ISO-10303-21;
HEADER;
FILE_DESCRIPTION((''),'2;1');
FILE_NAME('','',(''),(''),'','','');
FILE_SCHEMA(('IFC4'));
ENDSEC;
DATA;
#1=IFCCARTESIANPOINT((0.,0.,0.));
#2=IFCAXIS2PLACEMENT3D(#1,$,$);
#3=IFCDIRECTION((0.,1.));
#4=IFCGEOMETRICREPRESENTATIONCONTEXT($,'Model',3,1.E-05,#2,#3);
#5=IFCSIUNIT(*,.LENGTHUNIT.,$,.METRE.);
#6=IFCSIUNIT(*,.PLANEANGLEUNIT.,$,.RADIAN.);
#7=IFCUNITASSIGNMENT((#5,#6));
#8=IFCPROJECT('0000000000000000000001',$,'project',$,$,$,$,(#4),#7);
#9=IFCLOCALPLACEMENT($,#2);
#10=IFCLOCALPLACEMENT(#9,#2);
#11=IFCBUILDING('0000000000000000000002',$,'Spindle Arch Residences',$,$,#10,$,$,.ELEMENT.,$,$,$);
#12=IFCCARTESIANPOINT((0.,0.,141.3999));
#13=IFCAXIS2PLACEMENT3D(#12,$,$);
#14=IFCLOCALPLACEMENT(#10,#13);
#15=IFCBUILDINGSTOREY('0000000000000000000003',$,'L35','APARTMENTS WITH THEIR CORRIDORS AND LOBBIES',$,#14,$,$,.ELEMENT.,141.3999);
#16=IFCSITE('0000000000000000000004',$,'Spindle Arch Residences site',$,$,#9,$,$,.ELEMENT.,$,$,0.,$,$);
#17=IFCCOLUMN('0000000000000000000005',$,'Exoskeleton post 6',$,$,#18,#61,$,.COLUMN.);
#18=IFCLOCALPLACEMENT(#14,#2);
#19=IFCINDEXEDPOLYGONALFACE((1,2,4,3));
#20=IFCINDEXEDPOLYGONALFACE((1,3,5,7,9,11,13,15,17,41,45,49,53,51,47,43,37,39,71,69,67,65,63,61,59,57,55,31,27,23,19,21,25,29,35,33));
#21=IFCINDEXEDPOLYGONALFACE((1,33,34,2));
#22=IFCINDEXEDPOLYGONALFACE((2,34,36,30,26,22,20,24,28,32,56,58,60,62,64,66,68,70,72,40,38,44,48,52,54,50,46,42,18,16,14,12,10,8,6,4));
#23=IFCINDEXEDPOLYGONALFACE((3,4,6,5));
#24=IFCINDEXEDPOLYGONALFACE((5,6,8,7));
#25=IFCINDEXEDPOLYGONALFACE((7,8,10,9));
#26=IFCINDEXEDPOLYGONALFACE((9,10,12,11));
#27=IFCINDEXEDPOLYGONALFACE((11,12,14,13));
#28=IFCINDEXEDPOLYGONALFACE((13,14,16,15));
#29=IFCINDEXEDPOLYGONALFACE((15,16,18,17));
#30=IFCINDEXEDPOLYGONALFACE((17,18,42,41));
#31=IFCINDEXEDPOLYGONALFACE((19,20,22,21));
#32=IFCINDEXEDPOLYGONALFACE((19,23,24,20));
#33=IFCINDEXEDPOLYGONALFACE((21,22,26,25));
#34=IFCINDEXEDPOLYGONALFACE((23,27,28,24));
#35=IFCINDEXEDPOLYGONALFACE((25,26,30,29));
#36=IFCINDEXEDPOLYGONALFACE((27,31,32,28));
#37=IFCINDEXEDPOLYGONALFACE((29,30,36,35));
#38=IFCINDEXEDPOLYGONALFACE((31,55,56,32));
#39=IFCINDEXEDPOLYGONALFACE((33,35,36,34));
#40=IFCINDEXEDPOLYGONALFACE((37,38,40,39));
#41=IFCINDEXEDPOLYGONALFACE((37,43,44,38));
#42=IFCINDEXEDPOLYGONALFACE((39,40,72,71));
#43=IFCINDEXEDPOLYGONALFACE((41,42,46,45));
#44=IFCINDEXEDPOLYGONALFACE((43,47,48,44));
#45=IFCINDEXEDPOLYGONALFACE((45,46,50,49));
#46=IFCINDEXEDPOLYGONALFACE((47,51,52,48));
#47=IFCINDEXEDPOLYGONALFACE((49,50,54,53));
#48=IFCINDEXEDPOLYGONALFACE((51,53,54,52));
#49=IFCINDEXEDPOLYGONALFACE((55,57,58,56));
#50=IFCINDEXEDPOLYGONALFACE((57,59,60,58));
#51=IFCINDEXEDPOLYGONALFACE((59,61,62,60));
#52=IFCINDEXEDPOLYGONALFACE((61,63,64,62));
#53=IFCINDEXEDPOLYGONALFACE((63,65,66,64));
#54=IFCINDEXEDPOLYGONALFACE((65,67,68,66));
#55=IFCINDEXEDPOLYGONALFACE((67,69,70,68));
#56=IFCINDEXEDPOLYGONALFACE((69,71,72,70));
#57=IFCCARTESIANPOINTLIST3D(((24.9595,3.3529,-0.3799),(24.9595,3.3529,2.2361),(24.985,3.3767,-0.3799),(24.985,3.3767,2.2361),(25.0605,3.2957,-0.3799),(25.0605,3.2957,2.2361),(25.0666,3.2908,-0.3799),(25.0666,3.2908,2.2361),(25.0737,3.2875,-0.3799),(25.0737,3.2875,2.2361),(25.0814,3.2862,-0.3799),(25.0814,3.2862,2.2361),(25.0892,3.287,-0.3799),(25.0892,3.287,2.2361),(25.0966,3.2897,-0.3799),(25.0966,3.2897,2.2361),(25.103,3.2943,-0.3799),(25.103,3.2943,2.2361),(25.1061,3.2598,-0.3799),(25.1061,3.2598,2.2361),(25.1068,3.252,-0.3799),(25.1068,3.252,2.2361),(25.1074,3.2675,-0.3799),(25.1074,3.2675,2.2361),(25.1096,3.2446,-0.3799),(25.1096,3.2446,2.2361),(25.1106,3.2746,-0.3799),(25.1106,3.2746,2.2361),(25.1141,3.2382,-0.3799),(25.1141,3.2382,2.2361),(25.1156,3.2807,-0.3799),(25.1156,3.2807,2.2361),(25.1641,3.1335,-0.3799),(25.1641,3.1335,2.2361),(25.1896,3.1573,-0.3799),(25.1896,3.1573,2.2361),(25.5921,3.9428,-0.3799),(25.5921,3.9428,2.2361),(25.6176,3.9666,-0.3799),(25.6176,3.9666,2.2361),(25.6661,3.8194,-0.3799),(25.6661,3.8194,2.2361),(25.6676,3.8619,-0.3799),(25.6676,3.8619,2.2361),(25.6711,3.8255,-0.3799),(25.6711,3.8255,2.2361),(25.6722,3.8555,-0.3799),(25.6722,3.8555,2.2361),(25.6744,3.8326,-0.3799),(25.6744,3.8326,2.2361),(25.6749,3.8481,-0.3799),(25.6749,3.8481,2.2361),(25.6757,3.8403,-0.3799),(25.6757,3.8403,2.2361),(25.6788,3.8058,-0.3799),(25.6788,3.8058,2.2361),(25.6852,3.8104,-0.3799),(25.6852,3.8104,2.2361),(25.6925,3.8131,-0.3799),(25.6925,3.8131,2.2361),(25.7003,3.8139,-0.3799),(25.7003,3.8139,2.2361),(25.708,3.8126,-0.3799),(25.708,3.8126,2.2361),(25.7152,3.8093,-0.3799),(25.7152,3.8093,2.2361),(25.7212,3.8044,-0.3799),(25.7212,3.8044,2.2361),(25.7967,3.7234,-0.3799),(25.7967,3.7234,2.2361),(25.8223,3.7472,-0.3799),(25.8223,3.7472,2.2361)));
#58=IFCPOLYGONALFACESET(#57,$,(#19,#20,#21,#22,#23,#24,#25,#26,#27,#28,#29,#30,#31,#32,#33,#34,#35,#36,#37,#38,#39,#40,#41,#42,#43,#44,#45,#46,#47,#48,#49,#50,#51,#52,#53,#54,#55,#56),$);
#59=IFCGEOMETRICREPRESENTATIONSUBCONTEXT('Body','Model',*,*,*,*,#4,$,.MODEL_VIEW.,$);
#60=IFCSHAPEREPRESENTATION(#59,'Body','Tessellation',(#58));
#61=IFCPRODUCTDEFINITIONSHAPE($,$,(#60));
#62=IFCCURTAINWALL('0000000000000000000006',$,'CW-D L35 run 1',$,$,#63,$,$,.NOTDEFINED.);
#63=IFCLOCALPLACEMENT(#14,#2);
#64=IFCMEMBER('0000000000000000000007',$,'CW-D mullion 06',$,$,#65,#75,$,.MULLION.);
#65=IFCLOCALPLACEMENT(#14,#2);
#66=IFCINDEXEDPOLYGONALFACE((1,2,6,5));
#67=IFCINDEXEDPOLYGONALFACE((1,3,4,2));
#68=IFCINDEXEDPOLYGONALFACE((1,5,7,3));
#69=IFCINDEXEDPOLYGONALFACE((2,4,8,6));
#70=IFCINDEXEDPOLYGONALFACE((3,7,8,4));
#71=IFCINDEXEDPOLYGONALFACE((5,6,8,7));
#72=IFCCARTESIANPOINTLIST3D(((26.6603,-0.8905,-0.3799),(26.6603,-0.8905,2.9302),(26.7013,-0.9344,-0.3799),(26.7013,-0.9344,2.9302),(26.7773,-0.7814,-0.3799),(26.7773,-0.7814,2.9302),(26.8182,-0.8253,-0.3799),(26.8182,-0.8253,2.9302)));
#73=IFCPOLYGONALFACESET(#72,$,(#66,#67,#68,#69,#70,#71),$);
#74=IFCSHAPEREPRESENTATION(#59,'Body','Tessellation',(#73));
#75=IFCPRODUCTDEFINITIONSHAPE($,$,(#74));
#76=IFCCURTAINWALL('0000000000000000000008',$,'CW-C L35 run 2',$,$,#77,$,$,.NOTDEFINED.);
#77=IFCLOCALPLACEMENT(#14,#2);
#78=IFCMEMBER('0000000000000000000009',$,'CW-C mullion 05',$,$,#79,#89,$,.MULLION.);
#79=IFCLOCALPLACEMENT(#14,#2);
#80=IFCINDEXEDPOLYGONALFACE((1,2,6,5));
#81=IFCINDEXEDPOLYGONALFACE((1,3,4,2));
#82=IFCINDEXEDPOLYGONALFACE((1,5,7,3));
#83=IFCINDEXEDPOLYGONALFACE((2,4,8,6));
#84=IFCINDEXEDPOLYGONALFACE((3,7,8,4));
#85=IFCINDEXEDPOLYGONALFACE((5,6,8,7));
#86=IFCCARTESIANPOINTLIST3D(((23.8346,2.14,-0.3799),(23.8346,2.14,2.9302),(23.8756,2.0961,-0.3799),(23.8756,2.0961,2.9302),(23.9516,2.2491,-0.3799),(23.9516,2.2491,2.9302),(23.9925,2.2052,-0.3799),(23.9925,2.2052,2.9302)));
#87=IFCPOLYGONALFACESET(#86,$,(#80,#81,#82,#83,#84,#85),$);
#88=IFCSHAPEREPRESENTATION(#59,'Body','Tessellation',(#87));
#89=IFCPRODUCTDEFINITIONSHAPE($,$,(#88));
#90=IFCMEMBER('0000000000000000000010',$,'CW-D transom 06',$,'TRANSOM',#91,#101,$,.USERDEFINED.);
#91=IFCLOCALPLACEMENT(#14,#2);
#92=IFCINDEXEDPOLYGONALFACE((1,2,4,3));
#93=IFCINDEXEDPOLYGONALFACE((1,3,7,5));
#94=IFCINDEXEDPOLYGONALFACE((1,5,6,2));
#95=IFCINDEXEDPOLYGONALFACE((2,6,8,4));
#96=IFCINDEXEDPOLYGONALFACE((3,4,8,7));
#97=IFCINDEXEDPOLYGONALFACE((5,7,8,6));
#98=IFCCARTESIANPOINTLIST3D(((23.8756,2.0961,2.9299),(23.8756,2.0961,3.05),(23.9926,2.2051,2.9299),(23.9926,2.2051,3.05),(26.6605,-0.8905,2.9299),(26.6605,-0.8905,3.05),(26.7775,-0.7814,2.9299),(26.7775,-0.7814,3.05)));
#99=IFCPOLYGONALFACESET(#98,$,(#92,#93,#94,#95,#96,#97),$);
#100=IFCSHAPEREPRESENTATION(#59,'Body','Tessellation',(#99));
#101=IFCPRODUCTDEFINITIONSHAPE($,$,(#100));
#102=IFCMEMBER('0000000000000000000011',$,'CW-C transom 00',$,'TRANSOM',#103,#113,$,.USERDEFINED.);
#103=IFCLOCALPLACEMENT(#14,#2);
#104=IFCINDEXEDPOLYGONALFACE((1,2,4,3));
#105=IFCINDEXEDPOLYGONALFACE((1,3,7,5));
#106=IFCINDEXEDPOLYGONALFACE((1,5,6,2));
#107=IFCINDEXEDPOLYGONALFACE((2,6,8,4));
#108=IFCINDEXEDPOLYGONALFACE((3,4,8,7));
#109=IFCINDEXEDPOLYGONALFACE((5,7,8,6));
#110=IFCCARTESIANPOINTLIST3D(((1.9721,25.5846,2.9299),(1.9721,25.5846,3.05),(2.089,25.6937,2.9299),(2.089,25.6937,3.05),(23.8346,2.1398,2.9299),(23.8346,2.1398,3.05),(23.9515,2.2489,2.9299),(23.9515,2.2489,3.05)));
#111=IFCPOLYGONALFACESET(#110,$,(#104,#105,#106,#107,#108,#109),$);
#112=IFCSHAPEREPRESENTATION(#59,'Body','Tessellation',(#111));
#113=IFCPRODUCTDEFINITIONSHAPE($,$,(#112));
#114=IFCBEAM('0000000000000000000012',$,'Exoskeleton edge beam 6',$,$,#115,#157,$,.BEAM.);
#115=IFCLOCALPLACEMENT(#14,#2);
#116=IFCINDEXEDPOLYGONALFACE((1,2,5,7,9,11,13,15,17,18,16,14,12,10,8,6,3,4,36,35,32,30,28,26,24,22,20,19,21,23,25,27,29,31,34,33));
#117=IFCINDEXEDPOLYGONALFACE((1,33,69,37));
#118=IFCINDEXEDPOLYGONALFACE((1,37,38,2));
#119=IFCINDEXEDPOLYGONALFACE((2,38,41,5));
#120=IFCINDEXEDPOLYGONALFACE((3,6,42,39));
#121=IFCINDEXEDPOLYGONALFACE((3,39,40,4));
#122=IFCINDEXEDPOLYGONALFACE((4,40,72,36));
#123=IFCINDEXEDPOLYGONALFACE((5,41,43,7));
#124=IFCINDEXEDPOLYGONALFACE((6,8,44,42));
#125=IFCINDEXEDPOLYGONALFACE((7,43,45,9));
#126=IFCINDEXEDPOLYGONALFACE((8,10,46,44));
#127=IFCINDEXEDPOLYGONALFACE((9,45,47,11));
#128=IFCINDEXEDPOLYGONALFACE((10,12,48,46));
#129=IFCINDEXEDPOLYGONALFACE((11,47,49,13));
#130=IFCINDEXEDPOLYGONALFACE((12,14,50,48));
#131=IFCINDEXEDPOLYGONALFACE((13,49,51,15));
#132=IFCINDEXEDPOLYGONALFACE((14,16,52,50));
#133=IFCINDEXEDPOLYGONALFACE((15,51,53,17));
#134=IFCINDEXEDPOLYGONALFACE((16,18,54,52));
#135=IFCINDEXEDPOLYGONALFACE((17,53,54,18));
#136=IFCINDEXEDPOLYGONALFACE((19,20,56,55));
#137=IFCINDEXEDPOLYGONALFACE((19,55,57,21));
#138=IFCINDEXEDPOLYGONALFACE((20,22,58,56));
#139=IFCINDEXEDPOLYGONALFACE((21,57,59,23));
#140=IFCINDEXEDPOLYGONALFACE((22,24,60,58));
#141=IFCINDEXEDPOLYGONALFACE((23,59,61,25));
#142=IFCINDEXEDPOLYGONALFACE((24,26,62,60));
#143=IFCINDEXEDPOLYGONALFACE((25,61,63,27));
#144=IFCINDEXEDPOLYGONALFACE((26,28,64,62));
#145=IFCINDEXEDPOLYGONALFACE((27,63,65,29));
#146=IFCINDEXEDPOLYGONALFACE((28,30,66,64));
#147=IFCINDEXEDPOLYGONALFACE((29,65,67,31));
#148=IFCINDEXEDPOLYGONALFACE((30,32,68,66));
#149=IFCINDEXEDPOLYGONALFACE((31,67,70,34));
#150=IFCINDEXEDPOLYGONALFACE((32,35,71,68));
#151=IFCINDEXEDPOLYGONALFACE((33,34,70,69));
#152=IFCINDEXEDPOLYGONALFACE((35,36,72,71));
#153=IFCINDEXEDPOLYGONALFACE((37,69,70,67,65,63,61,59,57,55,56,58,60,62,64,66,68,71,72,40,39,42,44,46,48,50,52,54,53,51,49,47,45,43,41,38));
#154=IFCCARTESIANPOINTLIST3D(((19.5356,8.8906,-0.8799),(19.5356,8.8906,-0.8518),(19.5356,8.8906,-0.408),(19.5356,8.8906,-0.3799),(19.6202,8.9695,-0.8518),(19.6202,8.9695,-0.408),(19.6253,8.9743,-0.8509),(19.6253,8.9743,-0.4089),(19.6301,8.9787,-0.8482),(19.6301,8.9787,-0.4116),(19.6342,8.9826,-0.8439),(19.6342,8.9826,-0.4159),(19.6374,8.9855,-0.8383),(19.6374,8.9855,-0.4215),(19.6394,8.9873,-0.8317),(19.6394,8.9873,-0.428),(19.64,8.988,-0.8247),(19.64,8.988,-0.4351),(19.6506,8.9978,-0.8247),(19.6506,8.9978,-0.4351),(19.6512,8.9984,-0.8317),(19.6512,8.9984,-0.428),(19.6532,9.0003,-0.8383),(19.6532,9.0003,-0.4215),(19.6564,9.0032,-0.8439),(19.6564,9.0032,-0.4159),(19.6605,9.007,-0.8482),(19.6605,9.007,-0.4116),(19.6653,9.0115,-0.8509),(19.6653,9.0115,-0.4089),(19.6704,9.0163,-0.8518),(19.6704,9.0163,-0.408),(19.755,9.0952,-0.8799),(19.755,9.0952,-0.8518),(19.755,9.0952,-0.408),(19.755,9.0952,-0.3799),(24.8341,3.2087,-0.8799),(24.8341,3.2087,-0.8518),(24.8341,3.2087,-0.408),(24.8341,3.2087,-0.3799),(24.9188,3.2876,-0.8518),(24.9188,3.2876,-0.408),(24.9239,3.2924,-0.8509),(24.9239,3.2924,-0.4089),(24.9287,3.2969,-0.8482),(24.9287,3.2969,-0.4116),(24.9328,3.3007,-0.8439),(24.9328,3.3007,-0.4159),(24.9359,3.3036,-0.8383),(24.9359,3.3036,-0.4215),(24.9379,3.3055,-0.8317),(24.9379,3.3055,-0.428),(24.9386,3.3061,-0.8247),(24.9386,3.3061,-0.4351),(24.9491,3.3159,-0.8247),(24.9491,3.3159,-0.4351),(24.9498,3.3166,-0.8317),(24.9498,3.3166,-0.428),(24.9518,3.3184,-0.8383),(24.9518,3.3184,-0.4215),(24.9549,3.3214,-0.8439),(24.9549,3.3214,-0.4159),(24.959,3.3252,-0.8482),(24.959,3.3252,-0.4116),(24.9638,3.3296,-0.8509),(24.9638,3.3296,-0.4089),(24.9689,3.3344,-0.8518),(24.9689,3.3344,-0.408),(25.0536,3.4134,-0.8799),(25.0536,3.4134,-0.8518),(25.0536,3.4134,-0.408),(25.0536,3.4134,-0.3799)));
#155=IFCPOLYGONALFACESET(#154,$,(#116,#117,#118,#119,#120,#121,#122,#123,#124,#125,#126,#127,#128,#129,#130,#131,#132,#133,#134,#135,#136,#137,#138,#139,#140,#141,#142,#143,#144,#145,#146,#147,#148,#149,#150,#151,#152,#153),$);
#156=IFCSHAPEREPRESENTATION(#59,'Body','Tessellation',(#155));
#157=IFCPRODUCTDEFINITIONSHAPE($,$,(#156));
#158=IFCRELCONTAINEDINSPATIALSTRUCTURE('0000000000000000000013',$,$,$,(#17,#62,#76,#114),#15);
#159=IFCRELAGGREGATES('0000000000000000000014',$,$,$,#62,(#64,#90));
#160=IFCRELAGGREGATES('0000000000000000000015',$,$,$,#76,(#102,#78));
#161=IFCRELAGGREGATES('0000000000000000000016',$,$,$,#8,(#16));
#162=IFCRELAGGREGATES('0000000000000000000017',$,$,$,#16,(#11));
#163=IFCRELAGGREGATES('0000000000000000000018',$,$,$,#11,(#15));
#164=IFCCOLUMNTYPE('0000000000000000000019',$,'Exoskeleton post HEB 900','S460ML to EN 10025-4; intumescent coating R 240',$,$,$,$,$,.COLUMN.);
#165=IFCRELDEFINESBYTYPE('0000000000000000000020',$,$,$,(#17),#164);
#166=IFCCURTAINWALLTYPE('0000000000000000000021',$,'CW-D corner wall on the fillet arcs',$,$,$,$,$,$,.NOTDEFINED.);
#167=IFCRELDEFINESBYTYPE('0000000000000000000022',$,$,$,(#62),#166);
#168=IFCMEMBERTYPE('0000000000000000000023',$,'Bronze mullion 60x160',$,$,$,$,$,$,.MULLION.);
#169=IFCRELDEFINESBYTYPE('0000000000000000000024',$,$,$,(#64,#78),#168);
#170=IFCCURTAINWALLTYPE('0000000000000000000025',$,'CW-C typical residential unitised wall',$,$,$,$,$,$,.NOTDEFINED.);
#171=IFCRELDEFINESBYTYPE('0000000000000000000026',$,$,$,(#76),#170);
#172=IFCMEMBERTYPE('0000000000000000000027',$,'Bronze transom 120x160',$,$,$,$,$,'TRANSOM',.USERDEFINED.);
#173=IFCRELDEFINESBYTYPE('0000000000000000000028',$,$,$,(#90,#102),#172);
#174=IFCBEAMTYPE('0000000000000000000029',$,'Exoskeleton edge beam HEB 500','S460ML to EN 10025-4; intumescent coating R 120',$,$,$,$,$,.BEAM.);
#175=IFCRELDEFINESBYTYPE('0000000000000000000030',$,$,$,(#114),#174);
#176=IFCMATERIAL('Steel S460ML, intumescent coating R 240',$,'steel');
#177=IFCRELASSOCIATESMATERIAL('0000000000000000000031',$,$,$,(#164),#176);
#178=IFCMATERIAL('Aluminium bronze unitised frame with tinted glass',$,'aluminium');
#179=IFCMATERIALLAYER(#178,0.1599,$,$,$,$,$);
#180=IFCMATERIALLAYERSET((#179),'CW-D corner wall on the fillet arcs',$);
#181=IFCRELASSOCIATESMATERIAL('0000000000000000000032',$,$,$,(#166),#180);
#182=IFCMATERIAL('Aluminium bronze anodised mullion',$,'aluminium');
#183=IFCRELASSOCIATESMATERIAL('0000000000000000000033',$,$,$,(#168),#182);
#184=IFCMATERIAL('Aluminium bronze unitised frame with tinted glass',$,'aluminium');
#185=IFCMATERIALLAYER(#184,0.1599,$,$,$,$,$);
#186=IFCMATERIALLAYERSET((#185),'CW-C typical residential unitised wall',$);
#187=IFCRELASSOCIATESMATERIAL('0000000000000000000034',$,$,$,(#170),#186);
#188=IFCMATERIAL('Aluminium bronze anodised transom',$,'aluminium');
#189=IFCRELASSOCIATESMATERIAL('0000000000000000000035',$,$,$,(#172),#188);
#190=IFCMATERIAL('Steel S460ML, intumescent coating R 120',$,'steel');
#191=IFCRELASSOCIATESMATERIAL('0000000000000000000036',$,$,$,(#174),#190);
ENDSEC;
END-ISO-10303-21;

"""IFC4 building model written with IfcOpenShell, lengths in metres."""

from ifc_helpers import new_model, si_unit, direction, frame, origin, origin_2d, place, context, subcontext, project, spatial, rectangle, i_section, extrude, material, layer, layer_set, material_profile, profile_set, type_object, element, aggregate, save


model = new_model("IFC4")

# Units and contexts
model_context = context("Model", 3, precision=1e-05, world=origin(), true_north=direction((0.0, 1.0)))
body_context = subcontext(model_context, "Body", "Model", "MODEL_VIEW")
ifc_project = project(units=[si_unit("LENGTHUNIT", "METRE"), si_unit("PLANEANGLEUNIT", "RADIAN")], contexts=[model_context])

# Site, building, storey
site_placement = place(None, origin())
site = spatial("IfcSite", under=ifc_project, at=site_placement, Name="Spindle Arch Residences site", CompositionType="ELEMENT", RefElevation=0.0)
building_placement = place(site_placement, origin())
building = spatial("IfcBuilding", under=site, at=building_placement, Name="Spindle Arch Residences", CompositionType="ELEMENT")
storey_placement = place(building_placement, frame((0.0, 0.0, 141.3999)))
storey = spatial("IfcBuildingStorey", under=building, at=storey_placement, Name="L35", Description="APARTMENTS WITH THEIR CORRIDORS AND LOBBIES", CompositionType="ELEMENT", Elevation=141.3999)

# Column
ifc_material_1 = material(Name="Steel S460ML, intumescent coating R 240", Category="steel")
ifc_material_profile_1 = material_profile(ifc_material_1, i_section(OverallWidth=0.3, OverallDepth=0.8999, WebThickness=0.0186, FlangeThickness=0.0349, FilletRadius=0.03, at=origin_2d()), Name="HEB 900")
ifc_profile_set_1 = profile_set([ifc_material_profile_1], Name="Steel S460ML, intumescent coating R 240")
column_type = type_object("IfcColumnType", Name="Exoskeleton post HEB 900", Description="S460ML to EN 10025-4; intumescent coating R 240", PredefinedType="COLUMN", material=ifc_profile_set_1)
column_placement = place(storey_placement, frame((25.3909, 3.55, -0.3799), z_axis=(0.0, 0.0, 1.0), x_axis=(0.681998, -0.731354, 0.0)))
element("IfcColumn", 1, at=column_placement, inside=storey, type_object=column_type, Name="Exoskeleton post 6", PredefinedType="COLUMN", context=body_context, shape_type="SweptSolid", body=[
    extrude(i_section(OverallWidth=0.3, OverallDepth=0.8999, WebThickness=0.0186, FlangeThickness=0.0349, FilletRadius=0.03, at=origin_2d()), origin(), (0.0, 0.0, 1.0), 2.616),
])

# Curtain walls, members
ifc_material_2 = material(Name="Aluminium bronze unitised frame with tinted glass", Category="aluminium")
ifc_layer_1 = layer(ifc_material_2, 0.1599)
ifc_layer_set_1 = layer_set([ifc_layer_1], Name="CW-D corner wall on the fillet arcs")
curtain_wall_type_1 = type_object("IfcCurtainWallType", Name="CW-D corner wall on the fillet arcs", PredefinedType="NOTDEFINED", material=ifc_layer_set_1)
curtain_wall_1_placement = place(storey_placement, origin())
curtain_wall_1 = element("IfcCurtainWall", 2, at=curtain_wall_1_placement, inside=storey, type_object=curtain_wall_type_1, Name="CW-D L35 run 1", PredefinedType="NOTDEFINED")
ifc_material_3 = material(Name="Aluminium bronze anodised mullion", Category="aluminium")
ifc_material_profile_2 = material_profile(ifc_material_3, rectangle(XDim=0.1599, YDim=0.0601, at=origin_2d()), Name="MU 60x160")
ifc_profile_set_2 = profile_set([ifc_material_profile_2], Name="Aluminium bronze anodised mullion")
member_type_1 = type_object("IfcMemberType", Name="Bronze mullion 60x160", PredefinedType="MULLION", material=ifc_profile_set_2)
member_1_placement = place(storey_placement, frame((26.7393, -0.8579, -0.3799), z_axis=(0.0, 0.0, 1.0), x_axis=(-0.731354, -0.681998, 0.0)))
member_1 = element("IfcMember", 3, at=member_1_placement, type_object=member_type_1, Name="CW-D mullion 06", PredefinedType="MULLION", context=body_context, shape_type="SweptSolid", body=[
    extrude(rectangle(XDim=0.1599, YDim=0.0601, at=origin_2d()), origin(), (0.0, 0.0, 1.0), 3.3101),
])
ifc_material_4 = material(Name="Aluminium bronze unitised frame with tinted glass", Category="aluminium")
ifc_layer_2 = layer(ifc_material_4, 0.1599)
ifc_layer_set_2 = layer_set([ifc_layer_2], Name="CW-C typical residential unitised wall")
curtain_wall_type_2 = type_object("IfcCurtainWallType", Name="CW-C typical residential unitised wall", PredefinedType="NOTDEFINED", material=ifc_layer_set_2)
curtain_wall_2_placement = place(storey_placement, origin())
curtain_wall_2 = element("IfcCurtainWall", 4, at=curtain_wall_2_placement, inside=storey, type_object=curtain_wall_type_2, Name="CW-C L35 run 2", PredefinedType="NOTDEFINED")
member_2_placement = place(storey_placement, frame((23.9136, 2.1726, -0.3799), z_axis=(0.0, 0.0, 1.0), x_axis=(-0.731354, -0.681998, 0.0)))
member_2 = element("IfcMember", 5, at=member_2_placement, type_object=member_type_1, Name="CW-C mullion 05", PredefinedType="MULLION", context=body_context, shape_type="SweptSolid", body=[
    extrude(rectangle(XDim=0.1599, YDim=0.0601, at=origin_2d()), origin(), (0.0, 0.0, 1.0), 3.3101),
])

# Members
ifc_material_5 = material(Name="Aluminium bronze anodised transom", Category="aluminium")
ifc_material_profile_3 = material_profile(ifc_material_5, rectangle(XDim=0.1599, YDim=0.1201, at=origin_2d()), Name="TR 120x160")
ifc_profile_set_3 = profile_set([ifc_material_profile_3], Name="Aluminium bronze anodised transom")
member_type_2 = type_object("IfcMemberType", Name="Bronze transom 120x160", ElementType="TRANSOM", PredefinedType="USERDEFINED", material=ifc_profile_set_3)
member_3_placement = place(storey_placement, frame((26.719, -0.8359, 2.99), z_axis=(-0.681984, 0.731367, 0.0), x_axis=(-0.731367, -0.681984, 0.0)))
member_3 = element("IfcMember", 6, at=member_3_placement, type_object=member_type_2, Name="CW-D transom 06", ObjectType="TRANSOM", PredefinedType="USERDEFINED", context=body_context, shape_type="SweptSolid", body=[
    extrude(rectangle(XDim=0.1599, YDim=0.1201, at=origin_2d()), origin(), (0.0, 0.0, 1.0), 4.0835),
])
member_4_placement = place(storey_placement, frame((23.8931, 2.1943, 2.99), z_axis=(-0.681997, 0.731355, 0.0), x_axis=(-0.731355, -0.681997, 0.0)))
member_4 = element("IfcMember", 7, at=member_4_placement, type_object=member_type_2, Name="CW-C transom 00", ObjectType="TRANSOM", PredefinedType="USERDEFINED", context=body_context, shape_type="SweptSolid", body=[
    extrude(rectangle(XDim=0.1599, YDim=0.1201, at=origin_2d()), origin(), (0.0, 0.0, 1.0), 32.0566),
])

# Beam
ifc_material_6 = material(Name="Steel S460ML, intumescent coating R 120", Category="steel")
ifc_material_profile_4 = material_profile(ifc_material_6, i_section(OverallWidth=0.3, OverallDepth=0.5, WebThickness=0.0144, FlangeThickness=0.0281, FilletRadius=0.0271, at=origin_2d()), Name="HEB 500")
ifc_profile_set_4 = profile_set([ifc_material_profile_4], Name="Steel S460ML, intumescent coating R 120")
beam_type_1 = type_object("IfcBeamType", Name="Exoskeleton edge beam HEB 500", Description="S460ML to EN 10025-4; intumescent coating R 120", PredefinedType="BEAM", material=ifc_profile_set_4)
beam_1_placement = place(storey_placement, frame((24.9438, 3.311, -0.6299), z_axis=(-0.682008, 0.731345, 0.0), x_axis=(-0.731345, -0.682008, 0.0)))
element("IfcBeam", 8, at=beam_1_placement, inside=storey, type_object=beam_type_1, Name="Exoskeleton edge beam 6", PredefinedType="BEAM", context=body_context, shape_type="SweptSolid", body=[
    extrude(i_section(OverallWidth=0.3, OverallDepth=0.5, WebThickness=0.0144, FlangeThickness=0.0281, FilletRadius=0.0271, at=origin_2d()), origin(), (0.0, 0.0, 1.0), 7.769),
])

aggregate(curtain_wall_1, [member_1, member_3])
aggregate(curtain_wall_2, [member_4, member_2])

save(model, "model.ifc")
